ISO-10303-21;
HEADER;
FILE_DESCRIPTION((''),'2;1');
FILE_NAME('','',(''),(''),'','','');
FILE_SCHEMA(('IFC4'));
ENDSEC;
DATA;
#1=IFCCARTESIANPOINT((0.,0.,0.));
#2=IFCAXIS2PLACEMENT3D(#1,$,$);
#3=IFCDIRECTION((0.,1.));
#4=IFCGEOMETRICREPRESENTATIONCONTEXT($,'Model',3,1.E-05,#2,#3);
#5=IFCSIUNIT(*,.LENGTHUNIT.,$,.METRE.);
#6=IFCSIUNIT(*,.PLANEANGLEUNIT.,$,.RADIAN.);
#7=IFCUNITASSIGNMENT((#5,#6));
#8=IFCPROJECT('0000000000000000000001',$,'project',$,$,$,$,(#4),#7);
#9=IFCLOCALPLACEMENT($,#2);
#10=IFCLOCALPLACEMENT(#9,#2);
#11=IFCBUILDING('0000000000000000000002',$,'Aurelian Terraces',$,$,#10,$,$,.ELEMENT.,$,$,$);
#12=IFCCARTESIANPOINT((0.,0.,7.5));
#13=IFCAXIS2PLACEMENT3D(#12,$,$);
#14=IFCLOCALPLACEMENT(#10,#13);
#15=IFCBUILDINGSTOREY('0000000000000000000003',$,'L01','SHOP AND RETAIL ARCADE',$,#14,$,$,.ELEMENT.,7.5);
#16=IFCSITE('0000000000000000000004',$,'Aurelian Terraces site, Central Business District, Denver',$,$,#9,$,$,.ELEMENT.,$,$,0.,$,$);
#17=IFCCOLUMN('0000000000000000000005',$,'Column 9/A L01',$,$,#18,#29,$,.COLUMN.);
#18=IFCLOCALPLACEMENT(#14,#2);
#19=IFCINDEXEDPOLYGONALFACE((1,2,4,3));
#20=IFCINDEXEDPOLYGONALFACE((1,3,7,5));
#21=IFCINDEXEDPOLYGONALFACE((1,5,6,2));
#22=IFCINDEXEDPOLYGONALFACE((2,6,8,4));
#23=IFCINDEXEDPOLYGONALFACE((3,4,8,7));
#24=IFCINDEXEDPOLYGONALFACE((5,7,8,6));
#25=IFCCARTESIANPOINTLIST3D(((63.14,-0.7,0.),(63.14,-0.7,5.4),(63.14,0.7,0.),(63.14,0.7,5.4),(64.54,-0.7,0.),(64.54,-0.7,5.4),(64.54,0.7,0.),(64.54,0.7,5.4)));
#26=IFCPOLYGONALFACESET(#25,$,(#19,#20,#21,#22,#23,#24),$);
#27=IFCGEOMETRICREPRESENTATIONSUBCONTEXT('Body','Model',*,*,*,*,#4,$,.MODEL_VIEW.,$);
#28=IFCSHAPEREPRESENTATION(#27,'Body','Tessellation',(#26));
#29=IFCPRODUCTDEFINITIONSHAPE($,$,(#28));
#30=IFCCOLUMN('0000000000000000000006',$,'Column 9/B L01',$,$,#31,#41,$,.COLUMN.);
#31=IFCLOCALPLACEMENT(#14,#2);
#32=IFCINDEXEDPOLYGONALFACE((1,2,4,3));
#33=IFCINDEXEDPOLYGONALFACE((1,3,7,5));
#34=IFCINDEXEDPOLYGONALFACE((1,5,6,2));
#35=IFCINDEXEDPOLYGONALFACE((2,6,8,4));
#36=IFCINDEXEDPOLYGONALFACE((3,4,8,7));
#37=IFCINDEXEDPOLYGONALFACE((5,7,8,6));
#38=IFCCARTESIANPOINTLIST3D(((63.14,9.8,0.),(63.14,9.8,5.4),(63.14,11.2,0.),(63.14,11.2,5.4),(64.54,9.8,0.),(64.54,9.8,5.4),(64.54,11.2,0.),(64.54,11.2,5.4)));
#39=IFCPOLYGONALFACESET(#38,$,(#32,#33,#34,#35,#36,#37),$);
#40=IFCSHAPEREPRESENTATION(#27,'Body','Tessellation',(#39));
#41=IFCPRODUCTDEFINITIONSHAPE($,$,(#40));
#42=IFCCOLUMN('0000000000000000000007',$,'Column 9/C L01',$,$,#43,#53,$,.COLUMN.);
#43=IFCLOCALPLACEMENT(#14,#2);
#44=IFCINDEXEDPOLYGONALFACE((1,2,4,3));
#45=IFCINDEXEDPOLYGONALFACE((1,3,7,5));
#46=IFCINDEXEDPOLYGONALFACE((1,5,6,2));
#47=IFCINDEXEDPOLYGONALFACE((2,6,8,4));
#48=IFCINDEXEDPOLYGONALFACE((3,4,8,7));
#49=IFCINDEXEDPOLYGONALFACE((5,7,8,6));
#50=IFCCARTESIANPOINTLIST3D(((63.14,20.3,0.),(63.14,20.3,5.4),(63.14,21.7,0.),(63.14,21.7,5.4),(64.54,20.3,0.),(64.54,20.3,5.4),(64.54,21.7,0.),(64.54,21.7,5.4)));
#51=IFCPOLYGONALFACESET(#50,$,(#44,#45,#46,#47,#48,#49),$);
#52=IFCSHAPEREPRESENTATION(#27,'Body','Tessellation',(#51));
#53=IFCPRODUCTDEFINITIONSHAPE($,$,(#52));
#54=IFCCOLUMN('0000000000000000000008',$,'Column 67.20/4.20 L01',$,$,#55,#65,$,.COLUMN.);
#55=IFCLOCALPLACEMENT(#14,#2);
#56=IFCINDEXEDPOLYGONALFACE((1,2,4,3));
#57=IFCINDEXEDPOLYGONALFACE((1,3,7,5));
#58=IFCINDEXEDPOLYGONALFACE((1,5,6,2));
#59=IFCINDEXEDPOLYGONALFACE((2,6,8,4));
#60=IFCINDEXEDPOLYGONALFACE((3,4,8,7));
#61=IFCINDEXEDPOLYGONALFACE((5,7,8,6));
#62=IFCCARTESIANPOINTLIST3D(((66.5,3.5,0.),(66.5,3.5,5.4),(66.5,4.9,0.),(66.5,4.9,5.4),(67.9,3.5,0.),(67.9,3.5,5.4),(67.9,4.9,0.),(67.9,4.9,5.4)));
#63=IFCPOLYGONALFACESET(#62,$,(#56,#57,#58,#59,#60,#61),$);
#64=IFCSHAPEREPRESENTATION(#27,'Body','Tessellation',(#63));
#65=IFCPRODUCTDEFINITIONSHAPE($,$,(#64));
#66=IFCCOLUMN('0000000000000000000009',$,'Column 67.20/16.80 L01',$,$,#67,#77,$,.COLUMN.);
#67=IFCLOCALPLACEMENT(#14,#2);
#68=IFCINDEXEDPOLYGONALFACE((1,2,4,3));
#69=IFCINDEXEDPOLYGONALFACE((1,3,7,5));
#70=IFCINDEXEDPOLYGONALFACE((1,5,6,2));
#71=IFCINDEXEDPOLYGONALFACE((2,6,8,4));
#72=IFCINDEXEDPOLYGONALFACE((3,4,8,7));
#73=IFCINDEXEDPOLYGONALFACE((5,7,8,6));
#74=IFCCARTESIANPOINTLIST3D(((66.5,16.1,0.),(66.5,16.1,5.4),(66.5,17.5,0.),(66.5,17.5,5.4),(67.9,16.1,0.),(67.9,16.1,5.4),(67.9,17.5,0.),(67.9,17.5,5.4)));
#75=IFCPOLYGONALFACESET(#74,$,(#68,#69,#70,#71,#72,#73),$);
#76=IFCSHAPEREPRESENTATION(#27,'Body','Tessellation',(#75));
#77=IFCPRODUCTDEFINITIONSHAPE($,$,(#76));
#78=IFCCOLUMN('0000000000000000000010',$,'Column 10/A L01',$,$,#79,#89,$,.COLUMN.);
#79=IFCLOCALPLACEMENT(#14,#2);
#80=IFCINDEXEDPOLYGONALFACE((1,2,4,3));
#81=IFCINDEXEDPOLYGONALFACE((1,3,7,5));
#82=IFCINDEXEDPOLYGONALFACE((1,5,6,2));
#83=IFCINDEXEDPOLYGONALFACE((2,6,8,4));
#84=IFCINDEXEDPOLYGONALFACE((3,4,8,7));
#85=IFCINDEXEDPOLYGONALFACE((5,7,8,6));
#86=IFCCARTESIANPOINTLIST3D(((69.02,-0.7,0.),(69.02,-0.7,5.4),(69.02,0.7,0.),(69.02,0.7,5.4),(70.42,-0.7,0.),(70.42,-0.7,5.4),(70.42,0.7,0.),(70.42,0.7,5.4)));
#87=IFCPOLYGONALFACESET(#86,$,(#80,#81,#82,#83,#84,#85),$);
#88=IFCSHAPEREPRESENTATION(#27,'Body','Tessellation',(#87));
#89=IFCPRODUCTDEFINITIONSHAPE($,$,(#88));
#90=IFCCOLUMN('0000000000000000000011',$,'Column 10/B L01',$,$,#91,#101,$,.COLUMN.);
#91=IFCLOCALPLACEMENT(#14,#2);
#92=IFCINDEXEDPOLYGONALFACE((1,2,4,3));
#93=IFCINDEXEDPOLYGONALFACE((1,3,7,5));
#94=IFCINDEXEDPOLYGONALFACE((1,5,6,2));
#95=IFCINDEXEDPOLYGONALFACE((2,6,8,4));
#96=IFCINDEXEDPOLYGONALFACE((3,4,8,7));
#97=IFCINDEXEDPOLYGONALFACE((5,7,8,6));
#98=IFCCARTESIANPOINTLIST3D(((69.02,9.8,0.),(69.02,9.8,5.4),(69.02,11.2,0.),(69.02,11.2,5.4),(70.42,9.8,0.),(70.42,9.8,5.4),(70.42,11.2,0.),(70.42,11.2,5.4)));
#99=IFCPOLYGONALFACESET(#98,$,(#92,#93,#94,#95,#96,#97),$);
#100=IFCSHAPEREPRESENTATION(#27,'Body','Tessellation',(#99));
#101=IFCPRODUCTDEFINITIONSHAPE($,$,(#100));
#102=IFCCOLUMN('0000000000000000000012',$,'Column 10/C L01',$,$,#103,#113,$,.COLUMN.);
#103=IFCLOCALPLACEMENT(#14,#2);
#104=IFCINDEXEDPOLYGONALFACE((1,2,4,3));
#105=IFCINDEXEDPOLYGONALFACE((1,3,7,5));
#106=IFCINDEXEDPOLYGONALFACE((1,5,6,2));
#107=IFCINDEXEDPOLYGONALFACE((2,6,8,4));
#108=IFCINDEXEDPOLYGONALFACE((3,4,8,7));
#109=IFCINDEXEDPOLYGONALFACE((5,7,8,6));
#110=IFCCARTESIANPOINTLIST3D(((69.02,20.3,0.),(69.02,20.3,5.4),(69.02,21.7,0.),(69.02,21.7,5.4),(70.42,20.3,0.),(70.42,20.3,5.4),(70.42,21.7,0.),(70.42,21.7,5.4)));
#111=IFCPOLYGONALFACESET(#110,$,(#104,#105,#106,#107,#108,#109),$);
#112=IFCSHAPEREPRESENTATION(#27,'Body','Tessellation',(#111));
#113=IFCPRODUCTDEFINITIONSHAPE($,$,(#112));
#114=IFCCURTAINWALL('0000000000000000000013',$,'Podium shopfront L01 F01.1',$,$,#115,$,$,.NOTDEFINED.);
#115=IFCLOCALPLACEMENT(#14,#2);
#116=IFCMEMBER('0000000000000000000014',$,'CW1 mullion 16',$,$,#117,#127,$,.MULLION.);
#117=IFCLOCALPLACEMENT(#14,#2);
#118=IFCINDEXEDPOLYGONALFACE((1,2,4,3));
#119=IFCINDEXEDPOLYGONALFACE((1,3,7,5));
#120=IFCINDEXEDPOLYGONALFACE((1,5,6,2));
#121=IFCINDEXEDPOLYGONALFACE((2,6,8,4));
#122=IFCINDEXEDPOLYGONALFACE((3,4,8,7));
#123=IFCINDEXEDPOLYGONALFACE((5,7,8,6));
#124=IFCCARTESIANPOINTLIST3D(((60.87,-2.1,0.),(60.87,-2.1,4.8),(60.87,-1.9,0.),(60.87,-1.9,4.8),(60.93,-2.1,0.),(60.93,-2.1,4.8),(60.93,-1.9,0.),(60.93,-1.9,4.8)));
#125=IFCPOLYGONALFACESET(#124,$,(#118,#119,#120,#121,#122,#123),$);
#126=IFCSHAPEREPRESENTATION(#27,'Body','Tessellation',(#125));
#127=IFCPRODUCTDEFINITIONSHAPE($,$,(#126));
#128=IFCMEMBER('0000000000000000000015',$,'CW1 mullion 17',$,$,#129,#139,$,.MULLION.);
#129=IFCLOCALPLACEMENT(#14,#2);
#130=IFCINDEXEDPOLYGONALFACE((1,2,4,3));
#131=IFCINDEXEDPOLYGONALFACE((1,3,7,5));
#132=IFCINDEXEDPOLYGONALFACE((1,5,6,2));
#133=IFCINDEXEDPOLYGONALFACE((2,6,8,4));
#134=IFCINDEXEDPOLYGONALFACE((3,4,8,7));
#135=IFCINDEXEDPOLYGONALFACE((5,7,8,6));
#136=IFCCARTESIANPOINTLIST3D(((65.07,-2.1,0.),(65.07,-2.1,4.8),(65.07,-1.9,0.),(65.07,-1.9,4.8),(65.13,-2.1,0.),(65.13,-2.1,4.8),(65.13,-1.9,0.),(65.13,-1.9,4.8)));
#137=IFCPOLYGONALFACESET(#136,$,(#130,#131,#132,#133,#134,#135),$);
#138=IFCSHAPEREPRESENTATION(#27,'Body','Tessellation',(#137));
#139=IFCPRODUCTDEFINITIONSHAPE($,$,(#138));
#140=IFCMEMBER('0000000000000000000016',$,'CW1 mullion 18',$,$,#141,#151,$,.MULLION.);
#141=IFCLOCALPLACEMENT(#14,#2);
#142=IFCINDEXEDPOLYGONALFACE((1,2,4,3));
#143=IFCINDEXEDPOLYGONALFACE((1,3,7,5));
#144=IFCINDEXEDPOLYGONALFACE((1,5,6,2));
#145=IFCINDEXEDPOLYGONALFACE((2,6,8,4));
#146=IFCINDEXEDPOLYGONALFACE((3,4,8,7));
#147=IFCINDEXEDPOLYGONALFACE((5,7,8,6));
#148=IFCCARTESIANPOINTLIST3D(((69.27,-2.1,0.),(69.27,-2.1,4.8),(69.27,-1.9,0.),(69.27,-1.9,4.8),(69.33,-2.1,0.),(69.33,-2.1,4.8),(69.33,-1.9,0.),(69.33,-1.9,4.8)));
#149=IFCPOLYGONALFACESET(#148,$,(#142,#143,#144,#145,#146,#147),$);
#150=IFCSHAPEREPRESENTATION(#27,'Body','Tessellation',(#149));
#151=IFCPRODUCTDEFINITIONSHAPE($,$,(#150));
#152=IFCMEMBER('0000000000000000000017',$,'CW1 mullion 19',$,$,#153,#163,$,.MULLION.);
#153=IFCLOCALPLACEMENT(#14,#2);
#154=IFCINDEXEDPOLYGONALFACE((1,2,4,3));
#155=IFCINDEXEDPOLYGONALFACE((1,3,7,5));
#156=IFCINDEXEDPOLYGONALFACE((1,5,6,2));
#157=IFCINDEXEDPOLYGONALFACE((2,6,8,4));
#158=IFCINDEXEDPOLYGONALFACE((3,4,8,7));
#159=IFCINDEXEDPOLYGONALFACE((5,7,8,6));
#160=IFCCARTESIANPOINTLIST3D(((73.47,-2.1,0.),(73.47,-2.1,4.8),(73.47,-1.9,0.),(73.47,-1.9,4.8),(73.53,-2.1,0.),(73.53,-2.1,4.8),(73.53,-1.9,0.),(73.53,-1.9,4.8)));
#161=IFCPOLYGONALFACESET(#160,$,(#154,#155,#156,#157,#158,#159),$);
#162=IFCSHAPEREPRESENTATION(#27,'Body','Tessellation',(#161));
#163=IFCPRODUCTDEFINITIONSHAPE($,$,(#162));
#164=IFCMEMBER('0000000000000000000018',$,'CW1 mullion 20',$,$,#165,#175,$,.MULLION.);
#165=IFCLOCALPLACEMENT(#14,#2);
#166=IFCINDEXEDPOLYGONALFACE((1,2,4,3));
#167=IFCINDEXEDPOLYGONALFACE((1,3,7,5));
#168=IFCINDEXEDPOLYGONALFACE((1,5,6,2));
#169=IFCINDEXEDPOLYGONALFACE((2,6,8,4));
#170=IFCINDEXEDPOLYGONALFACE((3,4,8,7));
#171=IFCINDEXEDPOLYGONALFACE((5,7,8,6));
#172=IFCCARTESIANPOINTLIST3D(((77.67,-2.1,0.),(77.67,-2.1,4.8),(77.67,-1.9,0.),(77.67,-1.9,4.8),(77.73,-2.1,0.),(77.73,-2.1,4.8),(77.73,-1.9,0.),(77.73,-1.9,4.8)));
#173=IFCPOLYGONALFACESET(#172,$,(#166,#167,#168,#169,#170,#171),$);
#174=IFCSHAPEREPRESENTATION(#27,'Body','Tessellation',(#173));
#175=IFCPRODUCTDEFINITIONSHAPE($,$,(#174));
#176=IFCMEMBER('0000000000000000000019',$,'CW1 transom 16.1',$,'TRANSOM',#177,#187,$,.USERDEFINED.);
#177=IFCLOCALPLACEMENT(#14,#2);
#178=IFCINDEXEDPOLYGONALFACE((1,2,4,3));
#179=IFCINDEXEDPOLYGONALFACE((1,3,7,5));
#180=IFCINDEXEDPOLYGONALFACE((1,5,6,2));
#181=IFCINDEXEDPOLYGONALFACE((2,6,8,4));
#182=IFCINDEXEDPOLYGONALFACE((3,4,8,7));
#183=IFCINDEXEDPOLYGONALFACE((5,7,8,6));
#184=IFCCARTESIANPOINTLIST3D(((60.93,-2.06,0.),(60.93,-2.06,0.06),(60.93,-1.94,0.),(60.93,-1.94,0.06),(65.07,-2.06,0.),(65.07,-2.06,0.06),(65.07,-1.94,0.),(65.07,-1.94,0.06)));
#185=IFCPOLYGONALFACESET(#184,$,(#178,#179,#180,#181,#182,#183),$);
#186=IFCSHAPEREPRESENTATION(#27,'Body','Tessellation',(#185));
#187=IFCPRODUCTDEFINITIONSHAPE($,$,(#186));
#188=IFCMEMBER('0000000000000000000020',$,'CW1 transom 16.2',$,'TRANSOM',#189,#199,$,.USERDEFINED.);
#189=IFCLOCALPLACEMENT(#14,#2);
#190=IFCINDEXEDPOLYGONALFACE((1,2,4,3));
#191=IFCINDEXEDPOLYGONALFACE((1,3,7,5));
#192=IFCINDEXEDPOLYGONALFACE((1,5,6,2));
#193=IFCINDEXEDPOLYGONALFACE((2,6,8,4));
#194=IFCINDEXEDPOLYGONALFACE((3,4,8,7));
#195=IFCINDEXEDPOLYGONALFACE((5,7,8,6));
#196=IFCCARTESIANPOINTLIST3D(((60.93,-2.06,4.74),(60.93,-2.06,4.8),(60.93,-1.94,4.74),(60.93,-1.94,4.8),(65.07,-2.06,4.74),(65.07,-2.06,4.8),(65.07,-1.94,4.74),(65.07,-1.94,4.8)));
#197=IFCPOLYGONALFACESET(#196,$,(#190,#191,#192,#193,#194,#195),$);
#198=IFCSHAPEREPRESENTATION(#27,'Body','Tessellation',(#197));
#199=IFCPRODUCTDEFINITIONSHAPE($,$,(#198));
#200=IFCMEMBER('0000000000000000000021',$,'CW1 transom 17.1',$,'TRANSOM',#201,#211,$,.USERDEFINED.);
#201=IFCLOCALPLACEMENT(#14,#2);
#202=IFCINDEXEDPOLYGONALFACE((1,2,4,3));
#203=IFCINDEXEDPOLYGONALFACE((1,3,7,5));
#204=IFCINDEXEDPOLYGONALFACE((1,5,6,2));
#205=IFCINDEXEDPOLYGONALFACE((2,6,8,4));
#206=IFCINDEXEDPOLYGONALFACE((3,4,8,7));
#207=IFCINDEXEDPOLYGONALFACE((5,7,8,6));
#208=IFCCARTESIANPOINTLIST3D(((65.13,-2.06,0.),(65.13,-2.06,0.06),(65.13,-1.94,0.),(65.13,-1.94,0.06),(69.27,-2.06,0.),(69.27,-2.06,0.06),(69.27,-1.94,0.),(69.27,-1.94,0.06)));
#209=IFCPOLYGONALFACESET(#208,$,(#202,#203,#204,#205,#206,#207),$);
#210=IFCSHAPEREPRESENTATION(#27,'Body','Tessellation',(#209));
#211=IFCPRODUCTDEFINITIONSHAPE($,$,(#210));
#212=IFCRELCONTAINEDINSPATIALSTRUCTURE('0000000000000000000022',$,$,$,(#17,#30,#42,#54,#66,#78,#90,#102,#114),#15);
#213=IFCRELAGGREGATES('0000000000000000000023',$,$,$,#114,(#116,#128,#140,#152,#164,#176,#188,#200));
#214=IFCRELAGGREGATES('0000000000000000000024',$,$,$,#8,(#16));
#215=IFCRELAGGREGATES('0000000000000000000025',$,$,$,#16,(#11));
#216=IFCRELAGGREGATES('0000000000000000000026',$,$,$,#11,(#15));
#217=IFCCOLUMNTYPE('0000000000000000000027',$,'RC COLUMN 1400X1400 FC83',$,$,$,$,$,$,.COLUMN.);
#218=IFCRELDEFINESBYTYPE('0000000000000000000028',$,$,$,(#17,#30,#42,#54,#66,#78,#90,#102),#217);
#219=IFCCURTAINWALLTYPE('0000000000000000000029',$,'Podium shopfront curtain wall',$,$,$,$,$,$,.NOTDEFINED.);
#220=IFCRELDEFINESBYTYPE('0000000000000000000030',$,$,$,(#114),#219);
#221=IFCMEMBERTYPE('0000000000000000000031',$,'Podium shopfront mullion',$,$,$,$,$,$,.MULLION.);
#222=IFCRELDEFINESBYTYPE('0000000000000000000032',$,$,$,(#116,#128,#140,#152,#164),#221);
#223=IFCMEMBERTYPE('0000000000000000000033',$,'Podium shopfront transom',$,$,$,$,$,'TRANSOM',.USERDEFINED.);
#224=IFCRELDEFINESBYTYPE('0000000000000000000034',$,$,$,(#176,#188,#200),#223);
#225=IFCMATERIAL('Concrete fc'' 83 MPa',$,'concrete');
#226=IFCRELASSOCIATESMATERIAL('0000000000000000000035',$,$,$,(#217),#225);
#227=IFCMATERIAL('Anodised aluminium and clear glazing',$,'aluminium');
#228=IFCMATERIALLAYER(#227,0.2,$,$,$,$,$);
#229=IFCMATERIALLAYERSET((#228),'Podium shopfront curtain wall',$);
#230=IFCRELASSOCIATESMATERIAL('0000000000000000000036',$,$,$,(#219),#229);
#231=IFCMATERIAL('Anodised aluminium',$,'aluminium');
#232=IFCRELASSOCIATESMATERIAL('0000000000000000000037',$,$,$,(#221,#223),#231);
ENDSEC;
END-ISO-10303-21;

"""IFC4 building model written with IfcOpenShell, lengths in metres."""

from ifc_helpers import new_model, si_unit, direction, frame, origin, origin_2d, place, context, subcontext, project, spatial, rectangle, extrude, source, transform, mapped, material, layer, layer_set, material_profile, profile_set, type_object, element, aggregate, save


model = new_model("IFC4")

# Units and contexts
model_context = context("Model", 3, precision=1e-05, world=origin(), true_north=direction((0.0, 1.0)))
body_context = subcontext(model_context, "Body", "Model", "MODEL_VIEW")
ifc_project = project(units=[si_unit("LENGTHUNIT", "METRE"), si_unit("PLANEANGLEUNIT", "RADIAN")], contexts=[model_context])

# Site, building, storey
site_placement = place(None, origin())
site = spatial("IfcSite", under=ifc_project, at=site_placement, Name="Aurelian Terraces site, Central Business District, Denver", CompositionType="ELEMENT", RefElevation=0.0)
building_placement = place(site_placement, origin())
building = spatial("IfcBuilding", under=site, at=building_placement, Name="Aurelian Terraces", CompositionType="ELEMENT")
storey_placement = place(building_placement, frame((0.0, 0.0, 7.5)))
storey = spatial("IfcBuildingStorey", under=building, at=storey_placement, Name="L01", Description="SHOP AND RETAIL ARCADE", CompositionType="ELEMENT", Elevation=7.5)

# Columns
ifc_material_1 = material(Name="Concrete fc' 83 MPa", Category="concrete")
ifc_material_profile_1 = material_profile(ifc_material_1, rectangle(XDim=1.4, YDim=1.4, at=origin_2d()))
ifc_profile_set_1 = profile_set([ifc_material_profile_1], Name="Concrete fc' 83 MPa")
column_type = type_object("IfcColumnType", Name="RC COLUMN 1400X1400 FC83", PredefinedType="COLUMN", material=ifc_profile_set_1)
shared_shape_1 = source(origin(), body_context, "Body", "SweptSolid", [
    extrude(rectangle(XDim=1.4, YDim=1.4, at=origin_2d()), origin(), (0.0, 0.0, 1.0), 5.4),
])
for number, where, z_axis, x_axis, name in (
    (1, (63.84, 0.0, 0.0), (0.0, 0.0, 1.0), (1.0, 0.0, 0.0), "Column 9/A L01"),
    (2, (63.84, 10.5, 0.0), (0.0, 0.0, 1.0), (1.0, 0.0, 0.0), "Column 9/B L01"),
    (3, (63.84, 21.0, 0.0), (0.0, 0.0, 1.0), (1.0, 0.0, 0.0), "Column 9/C L01"),
    (4, (67.2, 4.2, 0.0), (0.0, 0.0, 1.0), (1.0, 0.0, 0.0), "Column 67.20/4.20 L01"),
    (5, (67.2, 16.8, 0.0), (0.0, 0.0, 1.0), (1.0, 0.0, 0.0), "Column 67.20/16.80 L01"),
    (6, (69.72, 0.0, 0.0), (0.0, 0.0, 1.0), (1.0, 0.0, 0.0), "Column 10/A L01"),
    (7, (69.72, 10.5, 0.0), (0.0, 0.0, 1.0), (1.0, 0.0, 0.0), "Column 10/B L01"),
    (8, (69.72, 21.0, 0.0), (0.0, 0.0, 1.0), (1.0, 0.0, 0.0), "Column 10/C L01"),
):
    element("IfcColumn", number, at=place(storey_placement, frame(where, z_axis=z_axis, x_axis=x_axis)), inside=storey, type_object=column_type, Name=name, PredefinedType="COLUMN", context=body_context, shape_type="MappedRepresentation", body=[
        mapped(shared_shape_1, transform((0.0, 0.0, 0.0), scale=1.0)),
    ])

# Curtain wall, members
ifc_material_2 = material(Name="Anodised aluminium and clear glazing", Category="aluminium")
ifc_layer_1 = layer(ifc_material_2, 0.2)
ifc_layer_set_1 = layer_set([ifc_layer_1], Name="Podium shopfront curtain wall")
curtain_wall_type = type_object("IfcCurtainWallType", Name="Podium shopfront curtain wall", PredefinedType="NOTDEFINED", material=ifc_layer_set_1)
curtain_wall_placement = place(storey_placement, origin())
curtain_wall = element("IfcCurtainWall", 9, at=curtain_wall_placement, inside=storey, type_object=curtain_wall_type, Name="Podium shopfront L01 F01.1", PredefinedType="NOTDEFINED")
ifc_material_3 = material(Name="Anodised aluminium", Category="aluminium")
ifc_material_profile_2 = material_profile(ifc_material_3, rectangle(XDim=0.2, YDim=0.06, at=origin_2d()))
ifc_profile_set_2 = profile_set([ifc_material_profile_2], Name="Anodised aluminium")
member_type_1 = type_object("IfcMemberType", Name="Podium shopfront mullion", PredefinedType="MULLION", material=ifc_profile_set_2)
shared_shape_2 = source(origin(), body_context, "Body", "SweptSolid", [
    extrude(rectangle(XDim=0.2, YDim=0.06, at=origin_2d()), origin(), (0.0, 0.0, 1.0), 4.8),
])
member_1_placement = place(storey_placement, frame((60.9, -2.0, 0.0), z_axis=(0.0, 0.0, 1.0), x_axis=(0.0, 1.0, 0.0)))
member_1 = element("IfcMember", 10, at=member_1_placement, type_object=member_type_1, Name="CW1 mullion 16", PredefinedType="MULLION", context=body_context, shape_type="MappedRepresentation", body=[
    mapped(shared_shape_2, transform((0.0, 0.0, 0.0), scale=1.0)),
])
member_2_placement = place(storey_placement, frame((65.1, -2.0, 0.0), z_axis=(0.0, 0.0, 1.0), x_axis=(0.0, 1.0, 0.0)))
member_2 = element("IfcMember", 11, at=member_2_placement, type_object=member_type_1, Name="CW1 mullion 17", PredefinedType="MULLION", context=body_context, shape_type="MappedRepresentation", body=[
    mapped(shared_shape_2, transform((0.0, 0.0, 0.0), scale=1.0)),
])
member_3_placement = place(storey_placement, frame((69.3, -2.0, 0.0), z_axis=(0.0, 0.0, 1.0), x_axis=(0.0, 1.0, 0.0)))
member_3 = element("IfcMember", 12, at=member_3_placement, type_object=member_type_1, Name="CW1 mullion 18", PredefinedType="MULLION", context=body_context, shape_type="MappedRepresentation", body=[
    mapped(shared_shape_2, transform((0.0, 0.0, 0.0), scale=1.0)),
])
member_4_placement = place(storey_placement, frame((73.5, -2.0, 0.0), z_axis=(0.0, 0.0, 1.0), x_axis=(0.0, 1.0, 0.0)))
member_4 = element("IfcMember", 13, at=member_4_placement, type_object=member_type_1, Name="CW1 mullion 19", PredefinedType="MULLION", context=body_context, shape_type="MappedRepresentation", body=[
    mapped(shared_shape_2, transform((0.0, 0.0, 0.0), scale=1.0)),
])
member_5_placement = place(storey_placement, frame((77.7, -2.0, 0.0), z_axis=(0.0, 0.0, 1.0), x_axis=(0.0, 1.0, 0.0)))
member_5 = element("IfcMember", 14, at=member_5_placement, type_object=member_type_1, Name="CW1 mullion 20", PredefinedType="MULLION", context=body_context, shape_type="MappedRepresentation", body=[
    mapped(shared_shape_2, transform((0.0, 0.0, 0.0), scale=1.0)),
])
ifc_material_profile_3 = material_profile(ifc_material_3, rectangle(XDim=0.12, YDim=0.06, at=origin_2d()))
ifc_profile_set_3 = profile_set([ifc_material_profile_3], Name="Anodised aluminium")
member_type_2 = type_object("IfcMemberType", Name="Podium shopfront transom", ElementType="TRANSOM", PredefinedType="USERDEFINED", material=ifc_profile_set_3)
shared_shape_3 = source(origin(), body_context, "Body", "SweptSolid", [
    extrude(rectangle(XDim=0.12, YDim=0.06, at=origin_2d()), origin(), (0.0, 0.0, 1.0), 4.14),
])
member_6_placement = place(storey_placement, frame((60.93, -2.0, 0.03), z_axis=(1.0, 0.0, 0.0), x_axis=(0.0, 1.0, 0.0)))
member_6 = element("IfcMember", 15, at=member_6_placement, type_object=member_type_2, Name="CW1 transom 16.1", ObjectType="TRANSOM", PredefinedType="USERDEFINED", context=body_context, shape_type="MappedRepresentation", body=[
    mapped(shared_shape_3, transform((0.0, 0.0, 0.0), scale=1.0)),
])
member_7_placement = place(storey_placement, frame((60.93, -2.0, 4.77), z_axis=(1.0, 0.0, 0.0), x_axis=(0.0, 1.0, 0.0)))
member_7 = element("IfcMember", 16, at=member_7_placement, type_object=member_type_2, Name="CW1 transom 16.2", ObjectType="TRANSOM", PredefinedType="USERDEFINED", context=body_context, shape_type="MappedRepresentation", body=[
    mapped(shared_shape_3, transform((0.0, 0.0, 0.0), scale=1.0)),
])
member_8_placement = place(storey_placement, frame((65.13, -2.0, 0.03), z_axis=(1.0, 0.0, 0.0), x_axis=(0.0, 1.0, 0.0)))
member_8 = element("IfcMember", 17, at=member_8_placement, type_object=member_type_2, Name="CW1 transom 17.1", ObjectType="TRANSOM", PredefinedType="USERDEFINED", context=body_context, shape_type="MappedRepresentation", body=[
    mapped(shared_shape_3, transform((0.0, 0.0, 0.0), scale=1.0)),
])
aggregate(curtain_wall, [member_1, member_2, member_3, member_4, member_5, member_6, member_7, member_8])

save(model, "model.ifc")
